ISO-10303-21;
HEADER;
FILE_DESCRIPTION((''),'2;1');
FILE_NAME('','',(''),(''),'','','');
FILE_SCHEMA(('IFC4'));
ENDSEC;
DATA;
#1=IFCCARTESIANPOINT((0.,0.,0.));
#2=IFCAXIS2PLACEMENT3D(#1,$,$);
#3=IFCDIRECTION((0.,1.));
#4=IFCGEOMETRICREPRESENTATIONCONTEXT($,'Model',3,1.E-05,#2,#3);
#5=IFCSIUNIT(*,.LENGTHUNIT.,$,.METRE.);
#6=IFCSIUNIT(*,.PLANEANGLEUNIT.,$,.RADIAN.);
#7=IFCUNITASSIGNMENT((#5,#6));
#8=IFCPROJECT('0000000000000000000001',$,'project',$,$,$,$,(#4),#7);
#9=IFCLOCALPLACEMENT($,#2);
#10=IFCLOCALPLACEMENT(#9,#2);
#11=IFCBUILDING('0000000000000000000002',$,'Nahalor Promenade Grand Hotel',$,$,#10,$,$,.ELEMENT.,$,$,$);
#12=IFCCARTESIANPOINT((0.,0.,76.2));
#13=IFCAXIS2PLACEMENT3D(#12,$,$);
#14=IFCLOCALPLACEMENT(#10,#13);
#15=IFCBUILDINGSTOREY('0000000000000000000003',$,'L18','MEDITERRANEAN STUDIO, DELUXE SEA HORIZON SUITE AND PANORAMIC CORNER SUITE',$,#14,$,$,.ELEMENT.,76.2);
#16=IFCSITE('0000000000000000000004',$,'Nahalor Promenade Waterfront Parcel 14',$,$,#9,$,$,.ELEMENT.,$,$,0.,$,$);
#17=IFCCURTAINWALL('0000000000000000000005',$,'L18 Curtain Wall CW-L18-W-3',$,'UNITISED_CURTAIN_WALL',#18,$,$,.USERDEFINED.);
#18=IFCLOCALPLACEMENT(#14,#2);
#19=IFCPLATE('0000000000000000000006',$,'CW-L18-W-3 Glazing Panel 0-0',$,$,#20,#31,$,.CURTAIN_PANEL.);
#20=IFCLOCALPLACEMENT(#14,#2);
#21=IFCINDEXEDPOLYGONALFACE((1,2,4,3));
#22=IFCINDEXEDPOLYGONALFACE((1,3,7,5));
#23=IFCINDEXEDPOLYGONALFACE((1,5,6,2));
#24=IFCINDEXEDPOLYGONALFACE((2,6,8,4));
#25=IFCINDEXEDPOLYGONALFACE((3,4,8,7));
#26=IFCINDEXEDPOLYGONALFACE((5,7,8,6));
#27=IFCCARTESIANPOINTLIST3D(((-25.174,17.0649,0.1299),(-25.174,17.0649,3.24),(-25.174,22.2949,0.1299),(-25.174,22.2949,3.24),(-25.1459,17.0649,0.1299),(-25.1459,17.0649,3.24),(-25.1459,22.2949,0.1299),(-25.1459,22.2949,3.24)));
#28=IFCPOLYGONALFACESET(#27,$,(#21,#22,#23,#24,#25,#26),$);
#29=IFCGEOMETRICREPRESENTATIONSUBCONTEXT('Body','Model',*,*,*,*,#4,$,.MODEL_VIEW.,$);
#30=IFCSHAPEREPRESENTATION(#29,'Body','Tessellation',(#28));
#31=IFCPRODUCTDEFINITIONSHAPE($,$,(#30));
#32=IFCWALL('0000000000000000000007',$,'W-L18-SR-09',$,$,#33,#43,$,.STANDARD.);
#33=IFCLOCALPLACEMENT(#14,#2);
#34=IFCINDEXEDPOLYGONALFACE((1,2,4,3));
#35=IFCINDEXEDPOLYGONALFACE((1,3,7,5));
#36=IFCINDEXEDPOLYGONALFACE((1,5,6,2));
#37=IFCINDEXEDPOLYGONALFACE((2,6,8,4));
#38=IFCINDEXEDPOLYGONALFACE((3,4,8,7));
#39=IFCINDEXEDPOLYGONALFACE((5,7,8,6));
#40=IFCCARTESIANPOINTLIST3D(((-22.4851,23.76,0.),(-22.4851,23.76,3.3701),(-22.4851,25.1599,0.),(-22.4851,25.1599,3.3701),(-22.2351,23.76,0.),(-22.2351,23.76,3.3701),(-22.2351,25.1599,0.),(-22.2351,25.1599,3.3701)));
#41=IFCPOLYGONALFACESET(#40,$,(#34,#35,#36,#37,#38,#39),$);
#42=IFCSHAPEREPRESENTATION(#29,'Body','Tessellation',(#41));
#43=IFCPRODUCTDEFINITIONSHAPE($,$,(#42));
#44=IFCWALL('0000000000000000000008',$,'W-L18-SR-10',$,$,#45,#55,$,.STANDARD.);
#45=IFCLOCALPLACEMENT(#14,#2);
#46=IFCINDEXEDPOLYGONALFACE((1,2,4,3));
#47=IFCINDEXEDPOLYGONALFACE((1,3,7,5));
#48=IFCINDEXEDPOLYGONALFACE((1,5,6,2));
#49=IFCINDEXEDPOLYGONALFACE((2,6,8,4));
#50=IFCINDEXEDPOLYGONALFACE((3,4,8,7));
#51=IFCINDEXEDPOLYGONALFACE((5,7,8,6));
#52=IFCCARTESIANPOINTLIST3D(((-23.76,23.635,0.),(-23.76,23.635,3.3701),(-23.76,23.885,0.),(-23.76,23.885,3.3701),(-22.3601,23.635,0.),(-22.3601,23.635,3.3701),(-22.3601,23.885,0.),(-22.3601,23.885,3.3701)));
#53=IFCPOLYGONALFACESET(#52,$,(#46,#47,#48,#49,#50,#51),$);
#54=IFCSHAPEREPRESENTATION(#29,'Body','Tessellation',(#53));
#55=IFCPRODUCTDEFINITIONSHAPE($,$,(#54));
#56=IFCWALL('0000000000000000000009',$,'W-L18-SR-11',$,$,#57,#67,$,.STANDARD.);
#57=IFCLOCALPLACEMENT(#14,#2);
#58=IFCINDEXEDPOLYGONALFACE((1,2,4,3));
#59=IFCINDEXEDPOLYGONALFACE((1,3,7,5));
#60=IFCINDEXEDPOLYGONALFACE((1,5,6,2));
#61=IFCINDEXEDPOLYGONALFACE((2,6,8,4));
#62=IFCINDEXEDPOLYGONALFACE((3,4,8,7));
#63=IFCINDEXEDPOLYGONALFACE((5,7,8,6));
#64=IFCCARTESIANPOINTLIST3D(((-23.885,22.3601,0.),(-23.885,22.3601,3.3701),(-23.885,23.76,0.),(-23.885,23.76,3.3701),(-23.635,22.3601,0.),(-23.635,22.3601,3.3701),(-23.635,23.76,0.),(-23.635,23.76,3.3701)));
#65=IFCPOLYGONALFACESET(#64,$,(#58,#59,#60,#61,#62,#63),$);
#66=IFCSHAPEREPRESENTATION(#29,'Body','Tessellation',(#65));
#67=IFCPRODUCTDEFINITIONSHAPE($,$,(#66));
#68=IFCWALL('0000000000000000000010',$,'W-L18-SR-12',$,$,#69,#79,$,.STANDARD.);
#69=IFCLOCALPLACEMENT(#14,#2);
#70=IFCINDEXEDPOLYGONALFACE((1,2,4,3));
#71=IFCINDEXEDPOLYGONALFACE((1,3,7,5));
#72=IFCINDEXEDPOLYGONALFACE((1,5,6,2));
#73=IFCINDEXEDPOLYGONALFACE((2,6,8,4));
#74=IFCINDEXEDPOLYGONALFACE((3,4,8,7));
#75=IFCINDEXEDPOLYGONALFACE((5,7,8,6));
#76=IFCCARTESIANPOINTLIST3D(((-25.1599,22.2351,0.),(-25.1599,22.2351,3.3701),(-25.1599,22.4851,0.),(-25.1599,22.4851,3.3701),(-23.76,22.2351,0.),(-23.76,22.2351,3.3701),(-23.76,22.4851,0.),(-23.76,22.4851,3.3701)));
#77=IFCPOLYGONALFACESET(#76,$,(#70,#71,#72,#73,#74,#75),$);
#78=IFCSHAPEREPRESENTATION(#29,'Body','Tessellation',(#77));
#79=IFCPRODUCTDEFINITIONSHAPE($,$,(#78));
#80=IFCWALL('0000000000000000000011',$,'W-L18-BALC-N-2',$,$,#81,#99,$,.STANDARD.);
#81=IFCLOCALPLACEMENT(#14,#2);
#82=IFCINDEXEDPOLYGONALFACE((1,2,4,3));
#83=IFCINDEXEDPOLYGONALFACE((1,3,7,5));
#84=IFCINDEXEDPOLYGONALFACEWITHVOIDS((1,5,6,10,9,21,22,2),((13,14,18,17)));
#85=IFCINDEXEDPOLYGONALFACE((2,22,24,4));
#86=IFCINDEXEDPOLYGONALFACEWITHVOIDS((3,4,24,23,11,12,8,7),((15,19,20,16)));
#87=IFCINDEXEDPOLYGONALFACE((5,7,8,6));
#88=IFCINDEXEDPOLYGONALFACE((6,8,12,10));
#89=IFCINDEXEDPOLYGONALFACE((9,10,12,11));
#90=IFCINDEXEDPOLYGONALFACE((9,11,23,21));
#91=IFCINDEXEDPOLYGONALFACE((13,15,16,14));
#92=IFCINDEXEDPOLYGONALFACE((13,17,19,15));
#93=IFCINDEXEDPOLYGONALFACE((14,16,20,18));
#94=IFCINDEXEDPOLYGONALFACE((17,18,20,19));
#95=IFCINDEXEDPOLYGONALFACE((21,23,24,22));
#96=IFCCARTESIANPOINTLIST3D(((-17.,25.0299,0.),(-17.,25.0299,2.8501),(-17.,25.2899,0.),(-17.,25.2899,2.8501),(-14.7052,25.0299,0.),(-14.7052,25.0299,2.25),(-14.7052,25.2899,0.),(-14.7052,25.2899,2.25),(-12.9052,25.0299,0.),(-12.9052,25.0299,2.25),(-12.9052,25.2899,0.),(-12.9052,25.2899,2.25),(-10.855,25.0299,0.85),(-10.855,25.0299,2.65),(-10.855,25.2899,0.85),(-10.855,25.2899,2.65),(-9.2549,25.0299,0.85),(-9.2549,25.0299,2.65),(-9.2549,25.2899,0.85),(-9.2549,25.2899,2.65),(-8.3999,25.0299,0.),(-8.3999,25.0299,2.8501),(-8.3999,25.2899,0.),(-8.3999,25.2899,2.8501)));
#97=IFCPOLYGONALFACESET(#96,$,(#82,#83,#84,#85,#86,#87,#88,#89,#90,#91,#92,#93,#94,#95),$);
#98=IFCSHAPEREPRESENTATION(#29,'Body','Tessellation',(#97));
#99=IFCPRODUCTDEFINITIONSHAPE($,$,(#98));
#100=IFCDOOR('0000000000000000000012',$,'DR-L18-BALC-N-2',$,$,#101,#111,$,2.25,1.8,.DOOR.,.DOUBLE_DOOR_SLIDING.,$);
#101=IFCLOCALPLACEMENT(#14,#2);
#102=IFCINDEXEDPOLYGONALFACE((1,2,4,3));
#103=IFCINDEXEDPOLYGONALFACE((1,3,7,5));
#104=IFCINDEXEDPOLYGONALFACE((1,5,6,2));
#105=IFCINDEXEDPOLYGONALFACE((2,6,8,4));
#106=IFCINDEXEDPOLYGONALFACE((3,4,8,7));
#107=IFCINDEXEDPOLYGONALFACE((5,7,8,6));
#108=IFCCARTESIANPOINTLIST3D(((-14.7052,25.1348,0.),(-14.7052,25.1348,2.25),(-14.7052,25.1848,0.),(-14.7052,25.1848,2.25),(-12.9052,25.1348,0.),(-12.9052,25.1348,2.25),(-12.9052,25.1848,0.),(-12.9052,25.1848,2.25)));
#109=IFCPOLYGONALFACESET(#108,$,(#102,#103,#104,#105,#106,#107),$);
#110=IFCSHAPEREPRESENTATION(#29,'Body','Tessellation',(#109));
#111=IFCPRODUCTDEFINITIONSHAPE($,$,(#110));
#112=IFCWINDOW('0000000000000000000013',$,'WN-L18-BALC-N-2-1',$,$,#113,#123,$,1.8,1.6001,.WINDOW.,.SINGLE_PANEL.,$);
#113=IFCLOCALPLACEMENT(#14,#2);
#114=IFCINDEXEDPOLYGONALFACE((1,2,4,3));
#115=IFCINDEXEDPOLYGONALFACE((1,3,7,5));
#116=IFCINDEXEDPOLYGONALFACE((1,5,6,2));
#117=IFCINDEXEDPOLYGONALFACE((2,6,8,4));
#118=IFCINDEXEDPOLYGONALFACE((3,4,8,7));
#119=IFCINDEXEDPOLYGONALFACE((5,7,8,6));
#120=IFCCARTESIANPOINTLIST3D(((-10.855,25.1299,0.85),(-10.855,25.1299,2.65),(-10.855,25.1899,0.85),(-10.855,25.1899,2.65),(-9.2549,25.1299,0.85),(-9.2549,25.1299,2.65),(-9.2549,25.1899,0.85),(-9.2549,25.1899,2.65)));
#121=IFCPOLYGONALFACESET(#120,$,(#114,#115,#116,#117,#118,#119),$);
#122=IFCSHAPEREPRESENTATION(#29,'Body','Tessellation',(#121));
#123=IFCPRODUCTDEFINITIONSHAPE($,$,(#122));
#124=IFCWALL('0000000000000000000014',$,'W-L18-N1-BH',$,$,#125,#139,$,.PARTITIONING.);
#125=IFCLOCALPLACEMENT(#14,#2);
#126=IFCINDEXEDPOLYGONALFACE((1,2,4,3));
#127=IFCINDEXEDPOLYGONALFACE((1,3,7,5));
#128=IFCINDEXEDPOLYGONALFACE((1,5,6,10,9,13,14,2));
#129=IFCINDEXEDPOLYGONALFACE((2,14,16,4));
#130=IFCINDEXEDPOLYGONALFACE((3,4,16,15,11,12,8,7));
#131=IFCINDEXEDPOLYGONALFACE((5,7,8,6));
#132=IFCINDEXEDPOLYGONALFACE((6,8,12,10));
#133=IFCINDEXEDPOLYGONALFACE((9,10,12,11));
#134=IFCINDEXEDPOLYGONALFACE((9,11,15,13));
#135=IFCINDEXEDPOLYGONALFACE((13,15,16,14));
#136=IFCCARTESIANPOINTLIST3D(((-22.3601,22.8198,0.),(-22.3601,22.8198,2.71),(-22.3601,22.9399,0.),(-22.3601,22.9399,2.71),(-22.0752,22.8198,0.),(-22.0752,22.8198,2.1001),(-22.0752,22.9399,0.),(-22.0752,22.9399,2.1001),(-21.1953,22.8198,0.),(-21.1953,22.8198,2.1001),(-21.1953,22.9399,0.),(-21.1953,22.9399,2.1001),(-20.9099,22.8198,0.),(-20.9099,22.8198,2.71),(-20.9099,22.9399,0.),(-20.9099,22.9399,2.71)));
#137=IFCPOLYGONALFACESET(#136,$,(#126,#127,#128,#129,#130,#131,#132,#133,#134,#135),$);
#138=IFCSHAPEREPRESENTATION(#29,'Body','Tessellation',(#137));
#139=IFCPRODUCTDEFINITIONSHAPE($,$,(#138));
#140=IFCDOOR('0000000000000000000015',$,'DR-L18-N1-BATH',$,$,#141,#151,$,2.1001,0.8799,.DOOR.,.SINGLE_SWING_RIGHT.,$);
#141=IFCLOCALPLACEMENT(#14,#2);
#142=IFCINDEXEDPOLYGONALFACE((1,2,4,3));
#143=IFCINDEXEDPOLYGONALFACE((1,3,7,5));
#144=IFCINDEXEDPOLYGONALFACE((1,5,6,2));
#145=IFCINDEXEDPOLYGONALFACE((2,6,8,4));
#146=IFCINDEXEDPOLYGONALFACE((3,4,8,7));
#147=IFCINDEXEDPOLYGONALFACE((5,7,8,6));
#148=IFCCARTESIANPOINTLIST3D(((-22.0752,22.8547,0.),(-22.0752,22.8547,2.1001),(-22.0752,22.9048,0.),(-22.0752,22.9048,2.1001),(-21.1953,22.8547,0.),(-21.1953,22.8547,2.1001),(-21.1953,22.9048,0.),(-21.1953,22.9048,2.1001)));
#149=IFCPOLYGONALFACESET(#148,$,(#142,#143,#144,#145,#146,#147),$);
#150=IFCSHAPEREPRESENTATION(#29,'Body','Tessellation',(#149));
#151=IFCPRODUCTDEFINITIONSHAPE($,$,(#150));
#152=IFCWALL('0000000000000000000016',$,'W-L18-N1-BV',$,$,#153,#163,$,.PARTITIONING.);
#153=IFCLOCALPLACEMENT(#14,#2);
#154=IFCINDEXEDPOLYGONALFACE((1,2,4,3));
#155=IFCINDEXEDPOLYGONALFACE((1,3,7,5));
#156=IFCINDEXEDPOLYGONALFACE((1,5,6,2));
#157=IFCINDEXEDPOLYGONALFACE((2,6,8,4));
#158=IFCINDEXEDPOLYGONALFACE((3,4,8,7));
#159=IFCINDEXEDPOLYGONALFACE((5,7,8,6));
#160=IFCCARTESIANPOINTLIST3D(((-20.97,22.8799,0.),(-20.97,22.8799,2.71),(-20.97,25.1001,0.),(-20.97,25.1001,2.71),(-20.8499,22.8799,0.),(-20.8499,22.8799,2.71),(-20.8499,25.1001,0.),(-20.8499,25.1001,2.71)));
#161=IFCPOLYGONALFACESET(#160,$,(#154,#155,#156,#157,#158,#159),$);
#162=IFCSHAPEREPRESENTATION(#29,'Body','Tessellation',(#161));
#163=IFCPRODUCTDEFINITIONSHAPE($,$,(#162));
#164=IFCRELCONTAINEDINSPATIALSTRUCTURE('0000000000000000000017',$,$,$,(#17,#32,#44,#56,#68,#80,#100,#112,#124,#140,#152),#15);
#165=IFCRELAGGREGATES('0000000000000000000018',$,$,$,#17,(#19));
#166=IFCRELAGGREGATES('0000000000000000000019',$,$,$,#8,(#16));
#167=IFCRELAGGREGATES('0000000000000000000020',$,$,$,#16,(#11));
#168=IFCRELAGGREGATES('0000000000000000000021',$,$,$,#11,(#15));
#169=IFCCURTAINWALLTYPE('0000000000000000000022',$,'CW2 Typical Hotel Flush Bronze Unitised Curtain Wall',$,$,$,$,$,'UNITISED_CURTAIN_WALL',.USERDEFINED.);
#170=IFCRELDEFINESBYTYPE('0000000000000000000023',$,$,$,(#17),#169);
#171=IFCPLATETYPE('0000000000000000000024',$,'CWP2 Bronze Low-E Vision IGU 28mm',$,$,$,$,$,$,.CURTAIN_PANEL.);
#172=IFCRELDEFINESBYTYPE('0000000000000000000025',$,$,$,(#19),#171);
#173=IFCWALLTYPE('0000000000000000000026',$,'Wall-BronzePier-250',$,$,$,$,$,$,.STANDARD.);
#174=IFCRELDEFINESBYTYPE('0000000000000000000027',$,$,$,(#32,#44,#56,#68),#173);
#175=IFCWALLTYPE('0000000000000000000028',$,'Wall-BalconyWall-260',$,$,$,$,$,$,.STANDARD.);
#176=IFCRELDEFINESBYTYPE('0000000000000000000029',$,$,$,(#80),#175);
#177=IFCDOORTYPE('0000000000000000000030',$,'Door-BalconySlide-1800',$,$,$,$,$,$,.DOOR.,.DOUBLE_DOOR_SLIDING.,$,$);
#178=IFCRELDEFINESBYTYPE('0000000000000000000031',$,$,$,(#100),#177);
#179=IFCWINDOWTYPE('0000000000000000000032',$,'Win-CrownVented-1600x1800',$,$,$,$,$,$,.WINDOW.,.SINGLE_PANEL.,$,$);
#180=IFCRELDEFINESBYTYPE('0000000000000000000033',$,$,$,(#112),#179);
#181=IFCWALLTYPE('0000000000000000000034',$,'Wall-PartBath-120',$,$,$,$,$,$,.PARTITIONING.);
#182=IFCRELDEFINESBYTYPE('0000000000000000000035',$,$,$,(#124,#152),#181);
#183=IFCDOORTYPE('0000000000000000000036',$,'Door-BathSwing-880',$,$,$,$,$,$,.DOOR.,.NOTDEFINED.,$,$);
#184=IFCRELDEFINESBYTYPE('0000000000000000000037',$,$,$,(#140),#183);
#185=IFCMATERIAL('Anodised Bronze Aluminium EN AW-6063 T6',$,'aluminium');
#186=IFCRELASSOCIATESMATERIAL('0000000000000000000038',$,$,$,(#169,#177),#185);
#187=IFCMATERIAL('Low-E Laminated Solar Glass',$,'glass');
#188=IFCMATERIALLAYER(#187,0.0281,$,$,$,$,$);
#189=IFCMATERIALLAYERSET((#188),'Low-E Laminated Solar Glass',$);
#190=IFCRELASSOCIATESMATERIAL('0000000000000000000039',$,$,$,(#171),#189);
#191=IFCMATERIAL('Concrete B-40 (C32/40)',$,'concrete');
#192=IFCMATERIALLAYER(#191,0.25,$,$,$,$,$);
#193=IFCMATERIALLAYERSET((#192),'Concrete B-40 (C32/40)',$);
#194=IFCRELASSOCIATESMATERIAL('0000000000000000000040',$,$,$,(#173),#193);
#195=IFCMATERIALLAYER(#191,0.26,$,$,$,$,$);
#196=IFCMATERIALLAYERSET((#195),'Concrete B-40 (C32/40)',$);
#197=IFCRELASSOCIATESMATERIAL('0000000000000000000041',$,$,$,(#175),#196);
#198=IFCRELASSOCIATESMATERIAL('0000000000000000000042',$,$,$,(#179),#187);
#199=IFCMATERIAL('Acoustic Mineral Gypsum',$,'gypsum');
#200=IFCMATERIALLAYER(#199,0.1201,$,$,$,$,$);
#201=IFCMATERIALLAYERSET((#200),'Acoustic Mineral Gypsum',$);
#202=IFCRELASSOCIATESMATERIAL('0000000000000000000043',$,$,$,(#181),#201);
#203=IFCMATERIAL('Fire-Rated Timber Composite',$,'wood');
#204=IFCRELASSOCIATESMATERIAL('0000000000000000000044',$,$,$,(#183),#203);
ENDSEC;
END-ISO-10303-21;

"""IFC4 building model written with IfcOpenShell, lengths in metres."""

from ifc_helpers import new_model, si_unit, direction, frame, frame_2d, origin, origin_2d, place, context, subcontext, project, spatial, rectangle, extrude, source, transform, mapped, material, layer, layer_set, type_object, element, fill, aggregate, save


model = new_model("IFC4")

# Units and contexts
model_context = context("Model", 3, precision=1e-05, world=origin(), true_north=direction((0.0, 1.0)))
body_context = subcontext(model_context, "Body", "Model", "MODEL_VIEW")
ifc_project = project(units=[si_unit("LENGTHUNIT", "METRE"), si_unit("PLANEANGLEUNIT", "RADIAN")], contexts=[model_context])

# Site, building, storey
site_placement = place(None, origin())
site = spatial("IfcSite", under=ifc_project, at=site_placement, Name="Nahalor Promenade Waterfront Parcel 14", CompositionType="ELEMENT", RefElevation=0.0)
building_placement = place(site_placement, origin())
building = spatial("IfcBuilding", under=site, at=building_placement, Name="Nahalor Promenade Grand Hotel", CompositionType="ELEMENT")
storey_placement = place(building_placement, frame((0.0, 0.0, 76.2)))
storey = spatial("IfcBuildingStorey", under=building, at=storey_placement, Name="L18", Description="MEDITERRANEAN STUDIO, DELUXE SEA HORIZON SUITE AND PANORAMIC CORNER SUITE", CompositionType="ELEMENT", Elevation=76.2)

# Curtain wall
ifc_material_1 = material(Name="Anodised Bronze Aluminium EN AW-6063 T6", Category="aluminium")
curtain_wall_type = type_object("IfcCurtainWallType", Name="CW2 Typical Hotel Flush Bronze Unitised Curtain Wall", ElementType="UNITISED_CURTAIN_WALL", PredefinedType="USERDEFINED", material=ifc_material_1)
curtain_wall_1_placement = place(storey_placement, origin())
curtain_wall_1 = element("IfcCurtainWall", 1, at=curtain_wall_1_placement, inside=storey, type_object=curtain_wall_type, Name="L18 Curtain Wall CW-L18-W-3", ObjectType="UNITISED_CURTAIN_WALL", PredefinedType="USERDEFINED")

# Plate
ifc_material_2 = material(Name="Low-E Laminated Solar Glass", Category="glass")
ifc_layer_1 = layer(ifc_material_2, 0.0281)
ifc_layer_set_1 = layer_set([ifc_layer_1], Name="Low-E Laminated Solar Glass")
plate_type = type_object("IfcPlateType", Name="CWP2 Bronze Low-E Vision IGU 28mm", PredefinedType="CURTAIN_PANEL", material=ifc_layer_set_1)
shared_shape_1 = source(origin(), body_context, "Body", "SweptSolid", [
    extrude(rectangle(XDim=5.23, YDim=0.0281, at=origin_2d()), origin(), (0.0, 0.0, 1.0), 3.1101),
])
plate_1_placement = place(storey_placement, frame((-25.1599, 19.6799, 0.1299), z_axis=(0.0, 0.0, 1.0), x_axis=(0.0, 1.0, 0.0)))
plate_1 = element("IfcPlate", 2, at=plate_1_placement, type_object=plate_type, Name="CW-L18-W-3 Glazing Panel 0-0", PredefinedType="CURTAIN_PANEL", context=body_context, shape_type="MappedRepresentation", body=[
    mapped(shared_shape_1, transform((0.0, 0.0, 0.0), scale=1.0)),
])
aggregate(curtain_wall_1, [plate_1])

# Walls
ifc_material_3 = material(Name="Concrete B-40 (C32/40)", Category="concrete")
ifc_layer_2 = layer(ifc_material_3, 0.25)
ifc_layer_set_2 = layer_set([ifc_layer_2], Name="Concrete B-40 (C32/40)")
wall_type_1 = type_object("IfcWallType", Name="Wall-BronzePier-250", PredefinedType="STANDARD", material=ifc_layer_set_2)
shared_shape_2 = source(origin(), body_context, "Body", "SweptSolid", [
    extrude(rectangle(XDim=1.3999, YDim=0.25, at=frame_2d((0.7, 0.0))), origin(), (0.0, 0.0, 1.0), 3.3701),
])
for number, where, z_axis, x_axis, name in (
    (3, (-22.3601, 23.76, 0.0), (0.0, 0.0, 1.0), (0.0, 1.0, 0.0), "W-L18-SR-09"),
    (4, (-23.76, 23.76, 0.0), (0.0, 0.0, 1.0), (1.0, 0.0, 0.0), "W-L18-SR-10"),
    (5, (-23.76, 22.3601, 0.0), (0.0, 0.0, 1.0), (0.0, 1.0, 0.0), "W-L18-SR-11"),
    (6, (-25.1599, 22.3601, 0.0), (0.0, 0.0, 1.0), (1.0, 0.0, 0.0), "W-L18-SR-12"),
):
    element("IfcWall", number, at=place(storey_placement, frame(where, z_axis=z_axis, x_axis=x_axis)), inside=storey, type_object=wall_type_1, Name=name, PredefinedType="STANDARD", context=body_context, shape_type="MappedRepresentation", body=[
        mapped(shared_shape_2, transform((0.0, 0.0, 0.0), scale=1.0)),
    ])

# Wall, openings, door, window
ifc_layer_3 = layer(ifc_material_3, 0.26)
ifc_layer_set_3 = layer_set([ifc_layer_3], Name="Concrete B-40 (C32/40)")
wall_type_2 = type_object("IfcWallType", Name="Wall-BalconyWall-260", PredefinedType="STANDARD", material=ifc_layer_set_3)
shared_shape_3 = source(origin(), body_context, "Body", "SweptSolid", [
    extrude(rectangle(XDim=8.6001, YDim=0.26, at=frame_2d((4.3, 0.0))), origin(), (0.0, 0.0, 1.0), 2.8501),
])
wall_1_placement = place(storey_placement, frame((-17.0, 25.1599, 0.0), z_axis=(0.0, 0.0, 1.0), x_axis=(1.0, 0.0, 0.0)))
wall_1 = element("IfcWall", 7, at=wall_1_placement, inside=storey, type_object=wall_type_2, Name="W-L18-BALC-N-2", PredefinedType="STANDARD", context=body_context, shape_type="MappedRepresentation", body=[
    mapped(shared_shape_3, transform((0.0, 0.0, 0.0), scale=1.0)),
])
opening_1_placement = place(wall_1_placement, frame((2.2949, 0.0, 0.0)))
opening_1 = element("IfcOpeningElement", 8, at=opening_1_placement, cuts=wall_1, PredefinedType="OPENING", context=body_context, shape_type="SweptSolid", body=[
    extrude(rectangle(XDim=1.8, YDim=2.25, at=frame_2d((0.8999, 1.125))), frame((0.0, 0.1399, 0.0), z_axis=(0.0, -1.0, 0.0), x_axis=(1.0, 0.0, 0.0)), (0.0, 0.0, 1.0), 0.28),
])
opening_2_placement = place(wall_1_placement, frame((6.145, 0.0, 0.8501)))
opening_2 = element("IfcOpeningElement", 9, at=opening_2_placement, cuts=wall_1, PredefinedType="OPENING", context=body_context, shape_type="SweptSolid", body=[
    extrude(rectangle(XDim=1.6001, YDim=1.8, at=frame_2d((0.8, 0.8999))), frame((0.0, 0.1399, 0.0), z_axis=(0.0, -1.0, 0.0), x_axis=(1.0, 0.0, 0.0)), (0.0, 0.0, 1.0), 0.28),
])
door_type_1 = type_object("IfcDoorType", Name="Door-BalconySlide-1800", OperationType="DOUBLE_DOOR_SLIDING", PredefinedType="DOOR", material=ifc_material_1)
shared_shape_4 = source(origin(), body_context, "Body", "SweptSolid", [
    extrude(rectangle(XDim=1.8, YDim=2.25, at=frame_2d((0.8999, 1.125))), frame((0.0, 0.0249, 0.0), z_axis=(0.0, -1.0, 0.0), x_axis=(1.0, 0.0, 0.0)), (0.0, 0.0, 1.0), 0.05),
])
door_1_placement = place(opening_1_placement, origin())
door_1 = element("IfcDoor", 10, at=door_1_placement, inside=storey, type_object=door_type_1, Name="DR-L18-BALC-N-2", OperationType="DOUBLE_DOOR_SLIDING", OverallHeight=2.25, OverallWidth=1.8, PredefinedType="DOOR", context=body_context, shape_type="MappedRepresentation", body=[
    mapped(shared_shape_4, transform((0.0, 0.0, 0.0), scale=1.0)),
])
fill(opening_1, door_1)
window_type = type_object("IfcWindowType", Name="Win-CrownVented-1600x1800", PartitioningType="SINGLE_PANEL", PredefinedType="WINDOW", material=ifc_material_2)
shared_shape_5 = source(origin(), body_context, "Body", "SweptSolid", [
    extrude(rectangle(XDim=1.6001, YDim=1.8, at=frame_2d((0.8, 0.8999))), frame((0.0, 0.03, 0.0), z_axis=(0.0, -1.0, 0.0), x_axis=(1.0, 0.0, 0.0)), (0.0, 0.0, 1.0), 0.0601),
])
window_placement = place(opening_2_placement, origin())
window = element("IfcWindow", 11, at=window_placement, inside=storey, type_object=window_type, Name="WN-L18-BALC-N-2-1", OverallHeight=1.8, OverallWidth=1.6001, PartitioningType="SINGLE_PANEL", PredefinedType="WINDOW", context=body_context, shape_type="MappedRepresentation", body=[
    mapped(shared_shape_5, transform((0.0, 0.0, 0.0), scale=1.0)),
])
fill(opening_2, window)

# Wall, opening, door
ifc_material_4 = material(Name="Acoustic Mineral Gypsum", Category="gypsum")
ifc_layer_4 = layer(ifc_material_4, 0.1201)
ifc_layer_set_4 = layer_set([ifc_layer_4], Name="Acoustic Mineral Gypsum")
wall_type_3 = type_object("IfcWallType", Name="Wall-PartBath-120", PredefinedType="PARTITIONING", material=ifc_layer_set_4)
shared_shape_6 = source(origin(), body_context, "Body", "SweptSolid", [
    extrude(rectangle(XDim=1.4502, YDim=0.1201, at=frame_2d((0.7251, 0.0))), origin(), (0.0, 0.0, 1.0), 2.71),
])
wall_2_placement = place(storey_placement, frame((-22.3601, 22.8799, 0.0), z_axis=(0.0, 0.0, 1.0), x_axis=(1.0, 0.0, 0.0)))
wall_2 = element("IfcWall", 12, at=wall_2_placement, inside=storey, type_object=wall_type_3, Name="W-L18-N1-BH", PredefinedType="PARTITIONING", context=body_context, shape_type="MappedRepresentation", body=[
    mapped(shared_shape_6, transform((0.0, 0.0, 0.0), scale=1.0)),
])
opening_3_placement = place(wall_2_placement, frame((0.2849, 0.0, 0.0)))
opening_3 = element("IfcOpeningElement", 13, at=opening_3_placement, cuts=wall_2, PredefinedType="OPENING", context=body_context, shape_type="SweptSolid", body=[
    extrude(rectangle(XDim=0.8799, YDim=2.1001, at=frame_2d((0.4399, 1.05))), frame((0.0, 0.0701, 0.0), z_axis=(0.0, -1.0, 0.0), x_axis=(1.0, 0.0, 0.0)), (0.0, 0.0, 1.0), 0.1401),
])
ifc_material_5 = material(Name="Fire-Rated Timber Composite", Category="wood")
door_type_2 = type_object("IfcDoorType", Name="Door-BathSwing-880", OperationType="NOTDEFINED", PredefinedType="DOOR", material=ifc_material_5)
shared_shape_7 = source(origin(), body_context, "Body", "SweptSolid", [
    extrude(rectangle(XDim=0.8799, YDim=2.1001, at=frame_2d((0.4399, 1.05))), frame((0.0, 0.0249, 0.0), z_axis=(0.0, -1.0, 0.0), x_axis=(1.0, 0.0, 0.0)), (0.0, 0.0, 1.0), 0.05),
])
door_2_placement = place(opening_3_placement, origin())
door_2 = element("IfcDoor", 14, at=door_2_placement, inside=storey, type_object=door_type_2, Name="DR-L18-N1-BATH", OperationType="SINGLE_SWING_RIGHT", OverallHeight=2.1001, OverallWidth=0.8799, PredefinedType="DOOR", context=body_context, shape_type="MappedRepresentation", body=[
    mapped(shared_shape_7, transform((0.0, 0.0, 0.0), scale=1.0)),
])
fill(opening_3, door_2)

# Wall
shared_shape_8 = source(origin(), body_context, "Body", "SweptSolid", [
    extrude(rectangle(XDim=2.2202, YDim=0.1201, at=frame_2d((1.1101, 0.0))), origin(), (0.0, 0.0, 1.0), 2.71),
])
wall_3_placement = place(storey_placement, frame((-20.9099, 22.8799, 0.0), z_axis=(0.0, 0.0, 1.0), x_axis=(0.0, 1.0, 0.0)))
element("IfcWall", 15, at=wall_3_placement, inside=storey, type_object=wall_type_3, Name="W-L18-N1-BV", PredefinedType="PARTITIONING", context=body_context, shape_type="MappedRepresentation", body=[
    mapped(shared_shape_8, transform((0.0, 0.0, 0.0), scale=1.0)),
])

save(model, "model.ifc")
